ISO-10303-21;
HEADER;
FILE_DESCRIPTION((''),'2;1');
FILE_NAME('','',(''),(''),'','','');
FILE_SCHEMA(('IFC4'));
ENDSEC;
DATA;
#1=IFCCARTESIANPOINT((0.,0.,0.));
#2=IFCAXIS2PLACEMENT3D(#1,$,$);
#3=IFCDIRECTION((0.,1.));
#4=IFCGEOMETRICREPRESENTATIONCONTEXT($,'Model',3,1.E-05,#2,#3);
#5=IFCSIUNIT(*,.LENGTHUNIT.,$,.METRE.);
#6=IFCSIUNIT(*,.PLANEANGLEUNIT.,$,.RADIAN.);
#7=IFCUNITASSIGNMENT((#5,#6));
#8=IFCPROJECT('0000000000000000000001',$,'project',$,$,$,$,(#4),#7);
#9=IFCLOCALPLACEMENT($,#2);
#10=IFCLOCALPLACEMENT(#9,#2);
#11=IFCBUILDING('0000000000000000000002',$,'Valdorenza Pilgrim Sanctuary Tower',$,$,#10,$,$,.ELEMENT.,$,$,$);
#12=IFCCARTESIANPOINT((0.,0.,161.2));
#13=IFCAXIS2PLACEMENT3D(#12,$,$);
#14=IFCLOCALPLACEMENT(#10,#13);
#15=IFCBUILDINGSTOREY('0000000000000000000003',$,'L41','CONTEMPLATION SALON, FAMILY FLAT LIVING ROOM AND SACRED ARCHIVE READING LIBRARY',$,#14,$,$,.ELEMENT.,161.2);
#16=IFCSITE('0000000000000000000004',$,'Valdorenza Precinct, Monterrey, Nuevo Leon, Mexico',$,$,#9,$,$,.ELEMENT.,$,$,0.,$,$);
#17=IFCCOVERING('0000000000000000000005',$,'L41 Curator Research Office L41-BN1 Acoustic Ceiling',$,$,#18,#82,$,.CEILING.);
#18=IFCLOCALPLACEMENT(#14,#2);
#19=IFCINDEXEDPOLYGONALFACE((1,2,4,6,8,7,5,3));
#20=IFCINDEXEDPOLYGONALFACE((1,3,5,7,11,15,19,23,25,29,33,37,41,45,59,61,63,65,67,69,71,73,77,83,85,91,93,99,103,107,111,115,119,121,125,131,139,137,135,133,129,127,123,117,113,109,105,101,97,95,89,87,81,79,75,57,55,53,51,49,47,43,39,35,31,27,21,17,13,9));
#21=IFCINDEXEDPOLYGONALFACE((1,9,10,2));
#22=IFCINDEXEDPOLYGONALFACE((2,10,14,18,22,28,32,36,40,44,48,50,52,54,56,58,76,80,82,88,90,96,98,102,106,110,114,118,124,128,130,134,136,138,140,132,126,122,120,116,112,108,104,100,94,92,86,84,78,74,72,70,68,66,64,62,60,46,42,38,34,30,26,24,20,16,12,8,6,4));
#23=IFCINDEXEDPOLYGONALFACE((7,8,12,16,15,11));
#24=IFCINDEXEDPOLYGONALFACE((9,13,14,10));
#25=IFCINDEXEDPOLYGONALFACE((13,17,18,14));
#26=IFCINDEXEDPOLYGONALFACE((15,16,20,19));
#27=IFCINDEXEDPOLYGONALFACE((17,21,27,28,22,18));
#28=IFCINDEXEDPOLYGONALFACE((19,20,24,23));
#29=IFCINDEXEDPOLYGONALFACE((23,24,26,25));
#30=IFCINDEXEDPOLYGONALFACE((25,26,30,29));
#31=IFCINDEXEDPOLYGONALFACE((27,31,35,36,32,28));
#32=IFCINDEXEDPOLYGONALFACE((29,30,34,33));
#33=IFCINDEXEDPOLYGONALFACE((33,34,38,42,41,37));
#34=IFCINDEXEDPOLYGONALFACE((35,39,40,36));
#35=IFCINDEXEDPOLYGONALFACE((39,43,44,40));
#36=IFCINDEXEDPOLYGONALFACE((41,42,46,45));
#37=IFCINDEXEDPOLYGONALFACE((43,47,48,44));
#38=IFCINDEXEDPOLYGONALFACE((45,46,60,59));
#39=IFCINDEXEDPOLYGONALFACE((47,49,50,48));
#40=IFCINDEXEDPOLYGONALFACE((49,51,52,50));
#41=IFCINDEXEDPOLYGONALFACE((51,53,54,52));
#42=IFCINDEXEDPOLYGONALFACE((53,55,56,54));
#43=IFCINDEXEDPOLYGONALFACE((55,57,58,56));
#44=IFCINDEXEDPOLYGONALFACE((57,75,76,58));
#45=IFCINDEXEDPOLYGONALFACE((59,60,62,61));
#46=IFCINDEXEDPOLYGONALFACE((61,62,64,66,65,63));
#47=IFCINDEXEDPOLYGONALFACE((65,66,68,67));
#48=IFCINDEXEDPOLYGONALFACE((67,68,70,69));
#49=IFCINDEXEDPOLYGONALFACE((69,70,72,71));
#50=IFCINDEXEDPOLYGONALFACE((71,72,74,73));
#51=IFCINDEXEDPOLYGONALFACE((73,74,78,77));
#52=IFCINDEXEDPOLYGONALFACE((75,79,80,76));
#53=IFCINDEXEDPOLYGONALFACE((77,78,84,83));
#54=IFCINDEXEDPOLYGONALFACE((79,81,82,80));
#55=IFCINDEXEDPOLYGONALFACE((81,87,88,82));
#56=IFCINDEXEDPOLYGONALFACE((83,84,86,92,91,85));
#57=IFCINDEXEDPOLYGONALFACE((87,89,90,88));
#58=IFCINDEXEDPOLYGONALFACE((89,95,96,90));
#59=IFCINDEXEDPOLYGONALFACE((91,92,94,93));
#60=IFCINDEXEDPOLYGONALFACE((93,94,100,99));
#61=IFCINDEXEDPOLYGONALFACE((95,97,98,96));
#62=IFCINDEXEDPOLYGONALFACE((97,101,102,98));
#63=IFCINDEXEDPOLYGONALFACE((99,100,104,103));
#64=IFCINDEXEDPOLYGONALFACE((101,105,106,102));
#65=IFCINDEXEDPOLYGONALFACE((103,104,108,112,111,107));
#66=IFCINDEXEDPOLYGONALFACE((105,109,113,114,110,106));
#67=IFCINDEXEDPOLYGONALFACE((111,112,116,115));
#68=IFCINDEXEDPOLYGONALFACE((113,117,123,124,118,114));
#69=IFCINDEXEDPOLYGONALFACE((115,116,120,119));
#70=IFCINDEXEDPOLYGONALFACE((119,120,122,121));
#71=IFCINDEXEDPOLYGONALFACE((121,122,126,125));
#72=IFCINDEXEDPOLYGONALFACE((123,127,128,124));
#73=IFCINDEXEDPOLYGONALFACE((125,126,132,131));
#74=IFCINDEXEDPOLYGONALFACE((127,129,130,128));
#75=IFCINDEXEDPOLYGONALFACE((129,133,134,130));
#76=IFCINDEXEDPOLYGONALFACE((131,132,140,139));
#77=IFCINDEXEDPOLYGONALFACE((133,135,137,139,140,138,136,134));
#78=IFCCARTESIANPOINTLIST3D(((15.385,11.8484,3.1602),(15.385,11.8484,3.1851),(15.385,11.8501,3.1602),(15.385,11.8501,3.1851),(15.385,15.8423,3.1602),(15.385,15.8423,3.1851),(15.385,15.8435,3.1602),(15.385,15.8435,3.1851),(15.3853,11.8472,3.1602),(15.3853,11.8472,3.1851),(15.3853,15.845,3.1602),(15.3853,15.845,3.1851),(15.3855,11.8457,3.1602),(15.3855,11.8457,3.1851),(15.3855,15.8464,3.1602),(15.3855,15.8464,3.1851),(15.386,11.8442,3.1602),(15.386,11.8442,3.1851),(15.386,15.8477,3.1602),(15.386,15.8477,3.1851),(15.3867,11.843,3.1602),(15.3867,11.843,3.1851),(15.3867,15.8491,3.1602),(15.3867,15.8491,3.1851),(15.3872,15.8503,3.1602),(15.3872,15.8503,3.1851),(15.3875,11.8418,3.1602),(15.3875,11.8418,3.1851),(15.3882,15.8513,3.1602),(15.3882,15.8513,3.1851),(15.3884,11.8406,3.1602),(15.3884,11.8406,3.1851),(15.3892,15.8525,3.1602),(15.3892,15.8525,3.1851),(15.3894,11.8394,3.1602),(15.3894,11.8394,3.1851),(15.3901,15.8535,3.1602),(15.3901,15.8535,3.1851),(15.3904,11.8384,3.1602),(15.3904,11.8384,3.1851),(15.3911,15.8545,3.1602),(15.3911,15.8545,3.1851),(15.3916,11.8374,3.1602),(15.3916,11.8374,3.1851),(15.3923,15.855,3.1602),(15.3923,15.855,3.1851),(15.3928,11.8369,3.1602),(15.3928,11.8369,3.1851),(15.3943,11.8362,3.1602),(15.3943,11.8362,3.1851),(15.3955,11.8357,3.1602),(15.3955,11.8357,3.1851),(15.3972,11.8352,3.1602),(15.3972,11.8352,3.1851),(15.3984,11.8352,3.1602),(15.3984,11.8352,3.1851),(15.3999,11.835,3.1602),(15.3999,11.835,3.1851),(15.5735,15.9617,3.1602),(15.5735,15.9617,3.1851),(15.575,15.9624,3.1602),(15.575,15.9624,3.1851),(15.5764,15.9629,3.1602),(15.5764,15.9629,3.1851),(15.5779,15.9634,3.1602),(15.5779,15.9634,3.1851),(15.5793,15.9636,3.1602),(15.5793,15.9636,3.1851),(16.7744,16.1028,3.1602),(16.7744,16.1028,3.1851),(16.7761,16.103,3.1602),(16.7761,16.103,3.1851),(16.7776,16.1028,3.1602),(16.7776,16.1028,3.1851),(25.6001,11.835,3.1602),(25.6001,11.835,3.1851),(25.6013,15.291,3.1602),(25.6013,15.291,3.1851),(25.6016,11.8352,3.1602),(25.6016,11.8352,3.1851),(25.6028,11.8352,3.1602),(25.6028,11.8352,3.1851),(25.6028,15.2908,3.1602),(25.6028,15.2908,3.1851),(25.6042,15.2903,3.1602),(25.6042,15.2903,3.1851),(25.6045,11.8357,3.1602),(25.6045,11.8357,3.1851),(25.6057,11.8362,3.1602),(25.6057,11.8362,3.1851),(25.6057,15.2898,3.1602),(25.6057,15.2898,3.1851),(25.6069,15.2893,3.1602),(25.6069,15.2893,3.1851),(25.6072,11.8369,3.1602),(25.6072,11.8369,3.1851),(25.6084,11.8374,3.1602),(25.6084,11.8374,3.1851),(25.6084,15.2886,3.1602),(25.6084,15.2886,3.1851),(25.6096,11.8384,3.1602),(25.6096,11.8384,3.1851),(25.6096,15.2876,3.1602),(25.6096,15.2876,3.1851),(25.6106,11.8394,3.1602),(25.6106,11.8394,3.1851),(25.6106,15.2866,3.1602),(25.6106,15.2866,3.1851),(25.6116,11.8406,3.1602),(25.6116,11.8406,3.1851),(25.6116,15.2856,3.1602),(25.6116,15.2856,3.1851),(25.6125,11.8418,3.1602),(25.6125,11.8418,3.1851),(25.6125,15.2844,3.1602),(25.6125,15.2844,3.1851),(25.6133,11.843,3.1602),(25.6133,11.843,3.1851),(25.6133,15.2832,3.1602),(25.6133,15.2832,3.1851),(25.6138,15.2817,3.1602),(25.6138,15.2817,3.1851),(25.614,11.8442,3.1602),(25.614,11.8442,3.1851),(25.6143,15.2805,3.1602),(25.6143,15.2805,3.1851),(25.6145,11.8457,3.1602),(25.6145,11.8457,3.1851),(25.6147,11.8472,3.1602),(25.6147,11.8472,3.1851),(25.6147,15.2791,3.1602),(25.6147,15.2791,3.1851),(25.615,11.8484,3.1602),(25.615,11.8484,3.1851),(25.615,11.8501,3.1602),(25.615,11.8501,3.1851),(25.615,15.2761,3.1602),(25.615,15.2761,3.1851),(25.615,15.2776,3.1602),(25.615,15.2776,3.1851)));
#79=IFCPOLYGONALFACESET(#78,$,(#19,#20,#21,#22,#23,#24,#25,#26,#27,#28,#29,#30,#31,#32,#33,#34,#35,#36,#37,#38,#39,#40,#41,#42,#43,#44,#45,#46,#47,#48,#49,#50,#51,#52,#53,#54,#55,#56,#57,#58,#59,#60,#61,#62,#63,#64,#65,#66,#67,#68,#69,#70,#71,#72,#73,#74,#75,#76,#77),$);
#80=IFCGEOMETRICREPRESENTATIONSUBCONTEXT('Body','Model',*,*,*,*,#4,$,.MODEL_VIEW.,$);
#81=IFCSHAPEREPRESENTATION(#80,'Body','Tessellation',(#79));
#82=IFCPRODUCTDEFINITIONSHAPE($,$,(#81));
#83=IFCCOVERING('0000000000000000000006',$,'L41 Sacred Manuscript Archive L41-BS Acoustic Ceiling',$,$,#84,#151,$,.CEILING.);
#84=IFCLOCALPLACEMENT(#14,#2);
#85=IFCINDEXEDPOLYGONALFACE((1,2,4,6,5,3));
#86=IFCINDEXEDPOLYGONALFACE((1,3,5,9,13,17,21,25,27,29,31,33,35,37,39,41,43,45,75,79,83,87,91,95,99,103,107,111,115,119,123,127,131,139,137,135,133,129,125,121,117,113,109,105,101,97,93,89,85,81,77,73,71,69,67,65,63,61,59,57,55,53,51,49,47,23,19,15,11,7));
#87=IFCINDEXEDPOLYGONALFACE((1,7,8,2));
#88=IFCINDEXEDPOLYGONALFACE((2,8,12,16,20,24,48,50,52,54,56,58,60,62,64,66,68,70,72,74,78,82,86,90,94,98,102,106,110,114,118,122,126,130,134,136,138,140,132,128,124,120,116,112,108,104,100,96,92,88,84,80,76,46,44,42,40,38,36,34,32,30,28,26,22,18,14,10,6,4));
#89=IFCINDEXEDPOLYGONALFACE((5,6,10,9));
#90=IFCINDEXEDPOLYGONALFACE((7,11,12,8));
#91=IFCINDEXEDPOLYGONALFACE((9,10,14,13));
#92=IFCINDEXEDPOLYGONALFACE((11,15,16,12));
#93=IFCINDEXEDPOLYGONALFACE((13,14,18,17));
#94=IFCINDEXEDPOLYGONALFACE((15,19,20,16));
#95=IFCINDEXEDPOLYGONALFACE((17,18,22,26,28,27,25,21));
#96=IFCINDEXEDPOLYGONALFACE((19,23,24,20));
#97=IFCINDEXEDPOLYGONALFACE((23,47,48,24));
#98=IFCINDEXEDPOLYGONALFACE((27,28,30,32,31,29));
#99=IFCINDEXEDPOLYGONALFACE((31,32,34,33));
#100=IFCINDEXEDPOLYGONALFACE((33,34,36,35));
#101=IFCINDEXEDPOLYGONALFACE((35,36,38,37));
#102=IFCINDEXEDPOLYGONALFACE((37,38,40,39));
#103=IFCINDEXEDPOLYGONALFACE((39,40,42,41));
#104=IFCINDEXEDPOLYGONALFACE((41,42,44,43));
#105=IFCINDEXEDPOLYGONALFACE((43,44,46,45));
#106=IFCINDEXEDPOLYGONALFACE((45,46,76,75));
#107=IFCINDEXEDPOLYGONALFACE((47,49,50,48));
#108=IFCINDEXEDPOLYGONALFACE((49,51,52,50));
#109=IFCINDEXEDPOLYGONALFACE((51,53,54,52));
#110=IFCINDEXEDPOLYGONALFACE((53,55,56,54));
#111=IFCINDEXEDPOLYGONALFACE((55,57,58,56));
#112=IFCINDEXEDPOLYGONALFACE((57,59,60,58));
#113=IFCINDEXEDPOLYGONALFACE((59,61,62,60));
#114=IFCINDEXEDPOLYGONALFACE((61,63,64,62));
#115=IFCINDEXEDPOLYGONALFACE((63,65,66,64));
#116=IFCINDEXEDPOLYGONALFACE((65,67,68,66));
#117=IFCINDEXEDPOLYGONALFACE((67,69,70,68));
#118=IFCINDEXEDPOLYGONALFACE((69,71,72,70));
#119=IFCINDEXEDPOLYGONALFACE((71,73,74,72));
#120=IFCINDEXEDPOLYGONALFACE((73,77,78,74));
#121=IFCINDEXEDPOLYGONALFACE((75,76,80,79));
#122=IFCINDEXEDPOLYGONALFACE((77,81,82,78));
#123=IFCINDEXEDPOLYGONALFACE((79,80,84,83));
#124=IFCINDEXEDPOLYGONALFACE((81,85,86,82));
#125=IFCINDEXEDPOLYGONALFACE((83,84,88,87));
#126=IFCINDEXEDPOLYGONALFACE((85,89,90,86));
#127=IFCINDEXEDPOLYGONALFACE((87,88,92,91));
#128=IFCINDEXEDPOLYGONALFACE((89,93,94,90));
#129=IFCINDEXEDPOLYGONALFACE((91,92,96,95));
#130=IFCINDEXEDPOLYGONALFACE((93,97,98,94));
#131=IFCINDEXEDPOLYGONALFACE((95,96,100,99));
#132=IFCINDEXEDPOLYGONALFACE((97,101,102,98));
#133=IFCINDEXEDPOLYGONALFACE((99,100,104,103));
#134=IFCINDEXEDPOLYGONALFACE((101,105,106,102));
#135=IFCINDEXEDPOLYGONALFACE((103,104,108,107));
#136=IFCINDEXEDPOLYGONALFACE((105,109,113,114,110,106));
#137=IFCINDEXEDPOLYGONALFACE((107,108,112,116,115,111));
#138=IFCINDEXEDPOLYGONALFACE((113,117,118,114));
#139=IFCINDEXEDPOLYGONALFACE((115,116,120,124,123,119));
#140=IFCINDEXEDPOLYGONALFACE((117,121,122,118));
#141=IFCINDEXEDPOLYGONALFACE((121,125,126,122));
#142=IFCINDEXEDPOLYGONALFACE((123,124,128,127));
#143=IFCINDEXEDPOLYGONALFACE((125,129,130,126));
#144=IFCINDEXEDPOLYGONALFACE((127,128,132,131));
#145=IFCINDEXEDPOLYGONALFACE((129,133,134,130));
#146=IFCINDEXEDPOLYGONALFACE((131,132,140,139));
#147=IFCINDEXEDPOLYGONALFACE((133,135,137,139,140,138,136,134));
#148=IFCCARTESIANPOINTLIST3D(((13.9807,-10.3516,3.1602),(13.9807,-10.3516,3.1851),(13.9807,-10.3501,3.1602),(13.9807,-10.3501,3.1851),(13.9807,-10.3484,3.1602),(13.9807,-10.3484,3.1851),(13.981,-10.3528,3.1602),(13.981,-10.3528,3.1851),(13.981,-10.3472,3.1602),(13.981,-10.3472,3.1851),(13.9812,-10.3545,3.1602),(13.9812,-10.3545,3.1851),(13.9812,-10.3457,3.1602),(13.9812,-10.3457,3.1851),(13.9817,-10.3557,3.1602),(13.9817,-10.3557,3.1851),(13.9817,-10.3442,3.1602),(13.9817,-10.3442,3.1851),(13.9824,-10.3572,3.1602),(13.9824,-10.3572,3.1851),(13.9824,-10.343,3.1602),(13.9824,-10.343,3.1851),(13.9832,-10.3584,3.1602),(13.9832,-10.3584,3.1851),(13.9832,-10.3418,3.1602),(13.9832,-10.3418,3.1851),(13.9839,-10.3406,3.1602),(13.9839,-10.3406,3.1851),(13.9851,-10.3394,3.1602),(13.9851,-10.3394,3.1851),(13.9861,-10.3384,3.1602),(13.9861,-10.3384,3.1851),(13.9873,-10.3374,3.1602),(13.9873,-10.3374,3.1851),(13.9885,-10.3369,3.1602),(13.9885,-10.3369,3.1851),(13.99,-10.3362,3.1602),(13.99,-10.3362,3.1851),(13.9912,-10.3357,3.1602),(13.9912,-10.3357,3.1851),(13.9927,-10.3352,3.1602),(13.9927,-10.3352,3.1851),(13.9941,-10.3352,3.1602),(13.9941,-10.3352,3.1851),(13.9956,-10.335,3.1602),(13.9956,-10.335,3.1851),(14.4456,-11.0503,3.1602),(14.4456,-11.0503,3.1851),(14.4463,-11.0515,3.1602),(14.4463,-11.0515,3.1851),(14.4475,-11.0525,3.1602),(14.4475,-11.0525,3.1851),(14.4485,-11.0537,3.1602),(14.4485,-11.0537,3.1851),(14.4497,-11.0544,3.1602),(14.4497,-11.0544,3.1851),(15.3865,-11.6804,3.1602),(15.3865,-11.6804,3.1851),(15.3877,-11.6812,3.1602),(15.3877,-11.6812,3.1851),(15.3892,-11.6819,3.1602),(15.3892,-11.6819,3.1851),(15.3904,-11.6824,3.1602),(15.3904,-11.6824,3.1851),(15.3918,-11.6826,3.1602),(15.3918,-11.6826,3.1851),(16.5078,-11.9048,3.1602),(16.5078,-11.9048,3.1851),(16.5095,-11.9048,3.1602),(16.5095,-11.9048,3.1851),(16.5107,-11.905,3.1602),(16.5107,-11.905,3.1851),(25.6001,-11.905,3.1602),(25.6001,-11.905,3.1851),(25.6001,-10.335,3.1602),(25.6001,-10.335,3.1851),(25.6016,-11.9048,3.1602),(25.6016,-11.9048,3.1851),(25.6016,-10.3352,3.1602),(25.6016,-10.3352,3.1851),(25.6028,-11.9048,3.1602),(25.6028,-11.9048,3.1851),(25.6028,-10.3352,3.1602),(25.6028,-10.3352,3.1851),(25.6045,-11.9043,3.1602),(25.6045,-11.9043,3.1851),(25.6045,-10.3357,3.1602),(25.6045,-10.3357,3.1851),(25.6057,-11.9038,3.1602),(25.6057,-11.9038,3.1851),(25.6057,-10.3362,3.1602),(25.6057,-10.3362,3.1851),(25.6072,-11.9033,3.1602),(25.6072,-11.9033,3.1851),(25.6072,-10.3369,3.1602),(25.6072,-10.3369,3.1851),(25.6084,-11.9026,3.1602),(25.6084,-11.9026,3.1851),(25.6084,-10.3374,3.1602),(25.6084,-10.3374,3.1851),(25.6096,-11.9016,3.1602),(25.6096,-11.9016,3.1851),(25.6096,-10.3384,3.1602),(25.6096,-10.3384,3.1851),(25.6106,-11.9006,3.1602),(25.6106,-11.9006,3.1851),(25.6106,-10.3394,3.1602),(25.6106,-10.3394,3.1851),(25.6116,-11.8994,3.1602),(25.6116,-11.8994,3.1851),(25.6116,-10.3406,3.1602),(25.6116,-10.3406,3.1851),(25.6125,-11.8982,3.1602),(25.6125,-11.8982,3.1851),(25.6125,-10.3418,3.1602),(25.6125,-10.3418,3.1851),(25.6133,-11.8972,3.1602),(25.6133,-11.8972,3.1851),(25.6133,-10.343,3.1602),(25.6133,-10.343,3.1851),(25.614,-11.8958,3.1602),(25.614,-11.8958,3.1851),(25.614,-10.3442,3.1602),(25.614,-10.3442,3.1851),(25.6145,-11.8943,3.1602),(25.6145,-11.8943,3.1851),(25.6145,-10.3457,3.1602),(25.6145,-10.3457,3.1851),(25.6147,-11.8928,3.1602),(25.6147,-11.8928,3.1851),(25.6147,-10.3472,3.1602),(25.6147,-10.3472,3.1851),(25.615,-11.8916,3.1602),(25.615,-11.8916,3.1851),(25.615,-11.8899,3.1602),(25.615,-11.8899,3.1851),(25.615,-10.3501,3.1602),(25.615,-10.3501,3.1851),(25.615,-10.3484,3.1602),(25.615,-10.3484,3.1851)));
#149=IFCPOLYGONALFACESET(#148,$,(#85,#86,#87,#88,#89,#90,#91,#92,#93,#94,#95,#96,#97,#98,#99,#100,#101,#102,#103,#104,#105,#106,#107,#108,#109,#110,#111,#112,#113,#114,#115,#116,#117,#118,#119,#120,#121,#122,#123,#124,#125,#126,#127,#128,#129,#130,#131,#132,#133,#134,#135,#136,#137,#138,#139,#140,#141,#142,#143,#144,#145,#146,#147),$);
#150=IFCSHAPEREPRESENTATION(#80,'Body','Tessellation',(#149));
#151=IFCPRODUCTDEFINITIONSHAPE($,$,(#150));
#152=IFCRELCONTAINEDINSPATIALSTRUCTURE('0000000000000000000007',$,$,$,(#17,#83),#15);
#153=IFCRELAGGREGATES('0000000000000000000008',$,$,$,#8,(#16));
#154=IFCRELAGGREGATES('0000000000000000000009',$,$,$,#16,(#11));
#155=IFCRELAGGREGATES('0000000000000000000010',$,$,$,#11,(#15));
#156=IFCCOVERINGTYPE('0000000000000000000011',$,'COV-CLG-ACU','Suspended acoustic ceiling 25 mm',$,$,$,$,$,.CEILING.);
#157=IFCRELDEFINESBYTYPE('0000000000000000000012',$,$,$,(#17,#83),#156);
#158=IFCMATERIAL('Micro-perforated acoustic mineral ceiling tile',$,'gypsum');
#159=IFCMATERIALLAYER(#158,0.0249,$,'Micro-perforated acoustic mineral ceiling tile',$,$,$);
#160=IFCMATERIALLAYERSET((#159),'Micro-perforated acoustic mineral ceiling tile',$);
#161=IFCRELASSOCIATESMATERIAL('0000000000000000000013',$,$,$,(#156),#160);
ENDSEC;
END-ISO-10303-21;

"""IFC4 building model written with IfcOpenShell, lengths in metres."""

from ifc_helpers import new_model, si_unit, direction, frame, origin, place, context, subcontext, project, spatial, polyline, outline, extrude, material, layer, layer_set, type_object, element, save


model = new_model("IFC4")

# Units and contexts
model_context = context("Model", 3, precision=1e-05, world=origin(), true_north=direction((0.0, 1.0)))
body_context = subcontext(model_context, "Body", "Model", "MODEL_VIEW")
ifc_project = project(units=[si_unit("LENGTHUNIT", "METRE"), si_unit("PLANEANGLEUNIT", "RADIAN")], contexts=[model_context])

# Site, building, storey
site_placement = place(None, origin())
site = spatial("IfcSite", under=ifc_project, at=site_placement, Name="Valdorenza Precinct, Monterrey, Nuevo Leon, Mexico", CompositionType="ELEMENT", RefElevation=0.0)
building_placement = place(site_placement, origin())
building = spatial("IfcBuilding", under=site, at=building_placement, Name="Valdorenza Pilgrim Sanctuary Tower", CompositionType="ELEMENT")
storey_placement = place(building_placement, frame((0.0, 0.0, 161.2)))
storey = spatial("IfcBuildingStorey", under=building, at=storey_placement, Name="L41", Description="CONTEMPLATION SALON, FAMILY FLAT LIVING ROOM AND SACRED ARCHIVE READING LIBRARY", CompositionType="ELEMENT", Elevation=161.2)

# Coverings
ifc_material_1 = material(Name="Micro-perforated acoustic mineral ceiling tile", Category="gypsum")
ifc_layer_1 = layer(ifc_material_1, 0.0249, Name="Micro-perforated acoustic mineral ceiling tile")
ifc_layer_set_1 = layer_set([ifc_layer_1], Name="Micro-perforated acoustic mineral ceiling tile")
covering_type_1 = type_object("IfcCoveringType", Name="COV-CLG-ACU", Description="Suspended acoustic ceiling 25 mm", PredefinedType="CEILING", material=ifc_layer_set_1)
covering_1_placement = place(storey_placement, frame((0.0, 0.0, 3.1602)))
element("IfcCovering", 1, at=covering_1_placement, inside=storey, type_object=covering_type_1, Name="L41 Curator Research Office L41-BN1 Acoustic Ceiling", PredefinedType="CEILING", context=body_context, shape_type="SweptSolid", body=[
    extrude(outline(polyline([(15.3999, 11.835), (15.3984, 11.8352), (15.3972, 11.8352), (15.3955, 11.8357), (15.3943, 11.8362), (15.3928, 11.8369), (15.3916, 11.8374), (15.3904, 11.8384), (15.3894, 11.8394), (15.3884, 11.8406), (15.3875, 11.8418), (15.3867, 11.843), (15.386, 11.8442), (15.3855, 11.8457), (15.3853, 11.8472), (15.385, 11.8484), (15.385, 11.8501), (15.385, 15.8423), (15.385, 15.8435), (15.3853, 15.845), (15.3855, 15.8464), (15.386, 15.8477), (15.3867, 15.8491), (15.3872, 15.8503), (15.3882, 15.8513), (15.3892, 15.8525), (15.3901, 15.8535), (15.3911, 15.8545), (15.3923, 15.855), (15.5735, 15.9617), (15.575, 15.9624), (15.5764, 15.9629), (15.5779, 15.9634), (15.5793, 15.9636), (16.7744, 16.1028), (16.7761, 16.103), (16.7776, 16.1028), (25.6013, 15.291), (25.6028, 15.2908), (25.6042, 15.2903), (25.6057, 15.2898), (25.6069, 15.2893), (25.6084, 15.2886), (25.6096, 15.2876), (25.6106, 15.2866), (25.6116, 15.2856), (25.6125, 15.2844), (25.6133, 15.2832), (25.6138, 15.2817), (25.6143, 15.2805), (25.6147, 15.2791), (25.615, 15.2776), (25.615, 15.2761), (25.615, 11.8501), (25.615, 11.8484), (25.6147, 11.8472), (25.6145, 11.8457), (25.614, 11.8442), (25.6133, 11.843), (25.6125, 11.8418), (25.6116, 11.8406), (25.6106, 11.8394), (25.6096, 11.8384), (25.6084, 11.8374), (25.6072, 11.8369), (25.6057, 11.8362), (25.6045, 11.8357), (25.6028, 11.8352), (25.6016, 11.8352), (25.6001, 11.835), (15.3999, 11.835)])), origin(), (0.0, 0.0, 1.0), 0.0249),
])
covering_2_placement = place(storey_placement, frame((0.0, 0.0, 3.1602)))
element("IfcCovering", 2, at=covering_2_placement, inside=storey, type_object=covering_type_1, Name="L41 Sacred Manuscript Archive L41-BS Acoustic Ceiling", PredefinedType="CEILING", context=body_context, shape_type="SweptSolid", body=[
    extrude(outline(polyline([(25.615, -11.8899), (25.615, -11.8916), (25.6147, -11.8928), (25.6145, -11.8943), (25.614, -11.8958), (25.6133, -11.8972), (25.6125, -11.8982), (25.6116, -11.8994), (25.6106, -11.9006), (25.6096, -11.9016), (25.6084, -11.9026), (25.6072, -11.9033), (25.6057, -11.9038), (25.6045, -11.9043), (25.6028, -11.9048), (25.6016, -11.9048), (25.6001, -11.905), (16.5107, -11.905), (16.5095, -11.9048), (16.5078, -11.9048), (15.3918, -11.6826), (15.3904, -11.6824), (15.3892, -11.6819), (15.3877, -11.6812), (15.3865, -11.6804), (14.4497, -11.0544), (14.4485, -11.0537), (14.4475, -11.0525), (14.4463, -11.0515), (14.4456, -11.0503), (13.9832, -10.3584), (13.9824, -10.3572), (13.9817, -10.3557), (13.9812, -10.3545), (13.981, -10.3528), (13.9807, -10.3516), (13.9807, -10.3501), (13.9807, -10.3484), (13.981, -10.3472), (13.9812, -10.3457), (13.9817, -10.3442), (13.9824, -10.343), (13.9832, -10.3418), (13.9839, -10.3406), (13.9851, -10.3394), (13.9861, -10.3384), (13.9873, -10.3374), (13.9885, -10.3369), (13.99, -10.3362), (13.9912, -10.3357), (13.9927, -10.3352), (13.9941, -10.3352), (13.9956, -10.335), (25.6001, -10.335), (25.6016, -10.3352), (25.6028, -10.3352), (25.6045, -10.3357), (25.6057, -10.3362), (25.6072, -10.3369), (25.6084, -10.3374), (25.6096, -10.3384), (25.6106, -10.3394), (25.6116, -10.3406), (25.6125, -10.3418), (25.6133, -10.343), (25.614, -10.3442), (25.6145, -10.3457), (25.6147, -10.3472), (25.615, -10.3484), (25.615, -10.3501), (25.615, -11.8899)])), origin(), (0.0, 0.0, 1.0), 0.0249),
])

save(model, "model.ifc")
